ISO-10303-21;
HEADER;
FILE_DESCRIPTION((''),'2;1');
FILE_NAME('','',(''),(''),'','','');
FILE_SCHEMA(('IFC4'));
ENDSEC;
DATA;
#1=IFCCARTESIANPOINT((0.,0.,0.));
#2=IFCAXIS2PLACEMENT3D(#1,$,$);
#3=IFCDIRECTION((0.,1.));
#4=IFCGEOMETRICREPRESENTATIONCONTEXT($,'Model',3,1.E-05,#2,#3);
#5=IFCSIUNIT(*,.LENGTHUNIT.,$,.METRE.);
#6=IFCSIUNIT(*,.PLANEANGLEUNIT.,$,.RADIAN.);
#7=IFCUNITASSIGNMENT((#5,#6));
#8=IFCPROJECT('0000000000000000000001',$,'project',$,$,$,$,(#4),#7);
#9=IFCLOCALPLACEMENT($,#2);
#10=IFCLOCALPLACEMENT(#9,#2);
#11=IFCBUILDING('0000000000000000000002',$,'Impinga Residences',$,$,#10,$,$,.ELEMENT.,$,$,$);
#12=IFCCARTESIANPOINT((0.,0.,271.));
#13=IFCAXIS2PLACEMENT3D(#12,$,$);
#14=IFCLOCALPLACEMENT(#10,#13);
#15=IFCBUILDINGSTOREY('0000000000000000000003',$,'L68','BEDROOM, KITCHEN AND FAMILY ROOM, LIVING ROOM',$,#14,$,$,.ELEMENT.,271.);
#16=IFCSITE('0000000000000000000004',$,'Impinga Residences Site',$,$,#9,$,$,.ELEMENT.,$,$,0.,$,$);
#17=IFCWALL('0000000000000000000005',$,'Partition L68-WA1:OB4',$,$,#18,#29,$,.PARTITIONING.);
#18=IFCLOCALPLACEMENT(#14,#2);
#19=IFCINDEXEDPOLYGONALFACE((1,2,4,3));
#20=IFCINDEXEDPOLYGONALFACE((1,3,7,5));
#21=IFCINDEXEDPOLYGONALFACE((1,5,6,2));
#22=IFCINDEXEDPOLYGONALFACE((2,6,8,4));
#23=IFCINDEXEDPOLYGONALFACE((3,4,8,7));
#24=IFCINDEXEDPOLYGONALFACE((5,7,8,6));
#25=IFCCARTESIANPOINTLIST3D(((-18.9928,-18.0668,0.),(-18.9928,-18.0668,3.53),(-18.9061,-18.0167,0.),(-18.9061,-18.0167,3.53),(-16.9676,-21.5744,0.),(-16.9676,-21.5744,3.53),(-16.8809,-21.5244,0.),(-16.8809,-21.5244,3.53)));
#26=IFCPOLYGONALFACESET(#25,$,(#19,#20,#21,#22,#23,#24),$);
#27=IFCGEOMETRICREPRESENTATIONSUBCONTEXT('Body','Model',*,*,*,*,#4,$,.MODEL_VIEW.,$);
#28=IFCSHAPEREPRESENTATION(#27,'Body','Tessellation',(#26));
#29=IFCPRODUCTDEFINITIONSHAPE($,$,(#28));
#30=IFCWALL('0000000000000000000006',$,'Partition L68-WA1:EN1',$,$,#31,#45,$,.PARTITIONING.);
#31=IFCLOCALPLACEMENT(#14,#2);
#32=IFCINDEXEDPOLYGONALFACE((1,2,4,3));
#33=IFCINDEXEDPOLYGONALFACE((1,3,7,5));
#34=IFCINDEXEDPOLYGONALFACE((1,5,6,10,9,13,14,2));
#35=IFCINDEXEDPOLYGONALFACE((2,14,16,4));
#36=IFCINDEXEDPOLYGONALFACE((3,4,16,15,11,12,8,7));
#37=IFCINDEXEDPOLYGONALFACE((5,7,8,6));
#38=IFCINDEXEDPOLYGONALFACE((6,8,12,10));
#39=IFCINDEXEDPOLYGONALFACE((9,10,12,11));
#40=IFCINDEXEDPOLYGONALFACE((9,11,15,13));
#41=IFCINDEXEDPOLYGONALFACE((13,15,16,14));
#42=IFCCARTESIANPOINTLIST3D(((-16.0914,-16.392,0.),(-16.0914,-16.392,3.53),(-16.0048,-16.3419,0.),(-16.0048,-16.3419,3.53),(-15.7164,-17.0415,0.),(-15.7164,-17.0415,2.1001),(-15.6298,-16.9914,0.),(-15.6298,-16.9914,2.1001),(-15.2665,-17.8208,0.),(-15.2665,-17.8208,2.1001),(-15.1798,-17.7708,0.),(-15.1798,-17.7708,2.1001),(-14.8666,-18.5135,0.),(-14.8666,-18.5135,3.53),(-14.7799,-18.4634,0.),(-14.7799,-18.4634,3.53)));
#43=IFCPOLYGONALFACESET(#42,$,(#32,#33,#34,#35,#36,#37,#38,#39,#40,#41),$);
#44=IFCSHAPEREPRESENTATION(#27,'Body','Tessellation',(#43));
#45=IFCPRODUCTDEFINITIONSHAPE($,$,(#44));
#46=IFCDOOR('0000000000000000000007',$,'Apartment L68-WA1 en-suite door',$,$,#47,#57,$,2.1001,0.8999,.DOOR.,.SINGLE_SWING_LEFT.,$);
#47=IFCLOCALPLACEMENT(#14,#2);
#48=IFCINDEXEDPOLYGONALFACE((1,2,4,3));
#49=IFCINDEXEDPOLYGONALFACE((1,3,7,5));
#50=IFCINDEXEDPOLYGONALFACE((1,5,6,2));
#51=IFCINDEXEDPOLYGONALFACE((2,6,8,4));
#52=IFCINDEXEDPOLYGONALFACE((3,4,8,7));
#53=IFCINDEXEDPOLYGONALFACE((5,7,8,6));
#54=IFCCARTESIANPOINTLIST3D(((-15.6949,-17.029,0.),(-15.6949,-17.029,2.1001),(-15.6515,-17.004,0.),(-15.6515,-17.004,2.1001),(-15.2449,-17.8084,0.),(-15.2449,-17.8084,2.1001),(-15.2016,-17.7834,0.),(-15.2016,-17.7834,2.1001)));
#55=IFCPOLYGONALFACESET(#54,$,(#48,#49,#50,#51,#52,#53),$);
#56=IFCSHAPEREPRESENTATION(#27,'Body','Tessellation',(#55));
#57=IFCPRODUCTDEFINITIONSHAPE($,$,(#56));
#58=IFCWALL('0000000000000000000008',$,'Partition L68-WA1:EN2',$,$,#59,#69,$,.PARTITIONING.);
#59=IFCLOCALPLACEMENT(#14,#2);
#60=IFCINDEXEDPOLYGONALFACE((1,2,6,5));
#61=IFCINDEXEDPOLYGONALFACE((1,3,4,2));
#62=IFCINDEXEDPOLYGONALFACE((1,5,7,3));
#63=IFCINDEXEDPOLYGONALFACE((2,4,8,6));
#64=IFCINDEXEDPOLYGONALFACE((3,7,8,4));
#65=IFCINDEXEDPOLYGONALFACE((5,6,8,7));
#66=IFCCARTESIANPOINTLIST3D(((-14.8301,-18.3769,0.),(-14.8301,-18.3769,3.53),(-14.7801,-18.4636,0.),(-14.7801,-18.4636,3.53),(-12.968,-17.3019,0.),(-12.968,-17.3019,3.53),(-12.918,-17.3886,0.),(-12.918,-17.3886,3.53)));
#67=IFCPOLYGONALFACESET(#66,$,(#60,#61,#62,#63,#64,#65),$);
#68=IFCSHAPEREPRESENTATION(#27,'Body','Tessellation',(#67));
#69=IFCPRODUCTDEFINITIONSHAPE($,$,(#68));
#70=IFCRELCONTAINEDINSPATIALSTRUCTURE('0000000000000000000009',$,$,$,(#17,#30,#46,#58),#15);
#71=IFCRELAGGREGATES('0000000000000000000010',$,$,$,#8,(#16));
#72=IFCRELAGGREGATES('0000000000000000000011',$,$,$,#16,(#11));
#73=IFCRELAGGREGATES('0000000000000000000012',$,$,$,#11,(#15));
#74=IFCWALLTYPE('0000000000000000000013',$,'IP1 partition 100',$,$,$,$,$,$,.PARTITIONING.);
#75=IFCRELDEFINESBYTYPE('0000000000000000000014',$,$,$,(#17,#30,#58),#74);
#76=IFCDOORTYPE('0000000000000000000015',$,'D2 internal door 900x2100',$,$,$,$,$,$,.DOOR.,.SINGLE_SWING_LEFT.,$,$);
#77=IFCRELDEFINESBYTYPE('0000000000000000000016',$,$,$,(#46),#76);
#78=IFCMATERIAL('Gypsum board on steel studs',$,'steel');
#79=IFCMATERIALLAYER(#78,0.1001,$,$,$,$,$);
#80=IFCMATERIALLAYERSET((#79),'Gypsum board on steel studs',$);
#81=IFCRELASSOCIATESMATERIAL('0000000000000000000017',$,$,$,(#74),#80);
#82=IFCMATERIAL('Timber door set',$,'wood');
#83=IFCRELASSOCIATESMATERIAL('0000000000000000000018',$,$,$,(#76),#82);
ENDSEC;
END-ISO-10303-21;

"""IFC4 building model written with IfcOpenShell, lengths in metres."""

from ifc_helpers import new_model, si_unit, direction, frame, frame_2d, origin, place, context, subcontext, project, spatial, rectangle, extrude, material, layer, layer_set, type_object, element, fill, save


model = new_model("IFC4")

# Units and contexts
model_context = context("Model", 3, precision=1e-05, world=origin(), true_north=direction((0.0, 1.0)))
body_context = subcontext(model_context, "Body", "Model", "MODEL_VIEW")
ifc_project = project(units=[si_unit("LENGTHUNIT", "METRE"), si_unit("PLANEANGLEUNIT", "RADIAN")], contexts=[model_context])

# Site, building, storey
site_placement = place(None, origin())
site = spatial("IfcSite", under=ifc_project, at=site_placement, Name="Impinga Residences Site", CompositionType="ELEMENT", RefElevation=0.0)
building_placement = place(site_placement, origin())
building = spatial("IfcBuilding", under=site, at=building_placement, Name="Impinga Residences", CompositionType="ELEMENT")
storey_placement = place(building_placement, frame((0.0, 0.0, 271.0)))
storey = spatial("IfcBuildingStorey", under=building, at=storey_placement, Name="L68", Description="BEDROOM, KITCHEN AND FAMILY ROOM, LIVING ROOM", CompositionType="ELEMENT", Elevation=271.0)

# Wall
ifc_material_1 = material(Name="Gypsum board on steel studs", Category="steel")
ifc_layer_1 = layer(ifc_material_1, 0.1001)
ifc_layer_set_1 = layer_set([ifc_layer_1], Name="Gypsum board on steel studs")
wall_type_1 = type_object("IfcWallType", Name="IP1 partition 100", PredefinedType="PARTITIONING", material=ifc_layer_set_1)
wall_1_placement = place(storey_placement, frame((-18.9495, -18.0417, 0.0), z_axis=(0.0, 0.0, 1.0), x_axis=(0.500009, -0.86602, 0.0)))
element("IfcWall", 1, at=wall_1_placement, inside=storey, type_object=wall_type_1, Name="Partition L68-WA1:OB4", PredefinedType="PARTITIONING", context=body_context, shape_type="SweptSolid", body=[
    extrude(rectangle(XDim=4.0503, YDim=0.1001, at=frame_2d((2.0251, 0.0))), origin(), (0.0, 0.0, 1.0), 3.53),
])

# Wall, opening, door
wall_2_placement = place(storey_placement, frame((-16.0481, -16.3669, 0.0), z_axis=(0.0, 0.0, 1.0), x_axis=(0.499987, -0.866033, 0.0)))
wall_2 = element("IfcWall", 2, at=wall_2_placement, inside=storey, type_object=wall_type_1, Name="Partition L68-WA1:EN1", PredefinedType="PARTITIONING", context=body_context, shape_type="SweptSolid", body=[
    extrude(rectangle(XDim=2.4497, YDim=0.1001, at=frame_2d((1.2249, 0.0))), origin(), (0.0, 0.0, 1.0), 3.53),
])
opening_1_placement = place(wall_2_placement, frame((0.75, 0.0, 0.0)))
opening_1 = element("IfcOpeningElement", 3, at=opening_1_placement, cuts=wall_2, PredefinedType="OPENING", context=body_context, shape_type="SweptSolid", body=[
    extrude(rectangle(XDim=0.8999, YDim=2.1001, at=frame_2d((0.45, 1.05))), frame((0.0, 0.0601, 0.0), z_axis=(0.0, -1.0, 0.0), x_axis=(1.0, 0.0, 0.0)), (0.0, 0.0, 1.0), 0.1201),
])
ifc_material_2 = material(Name="Timber door set", Category="wood")
door_type = type_object("IfcDoorType", Name="D2 internal door 900x2100", OperationType="SINGLE_SWING_LEFT", PredefinedType="DOOR", material=ifc_material_2)
door_placement = place(opening_1_placement, origin())
door = element("IfcDoor", 4, at=door_placement, inside=storey, type_object=door_type, Name="Apartment L68-WA1 en-suite door", OperationType="SINGLE_SWING_LEFT", OverallHeight=2.1001, OverallWidth=0.8999, PredefinedType="DOOR", context=body_context, shape_type="SweptSolid", body=[
    extrude(rectangle(XDim=0.8999, YDim=2.1001, at=frame_2d((0.45, 1.05))), frame((0.0, 0.0249, 0.0), z_axis=(0.0, -1.0, 0.0), x_axis=(1.0, 0.0, 0.0)), (0.0, 0.0, 1.0), 0.05),
])
fill(opening_1, door)

# Wall
wall_3_placement = place(storey_placement, frame((-12.9429, -17.3452, 0.0), z_axis=(0.0, 0.0, 1.0), x_axis=(-0.866048, -0.499962, 0.0)))
element("IfcWall", 5, at=wall_3_placement, inside=storey, type_object=wall_type_1, Name="Partition L68-WA1:EN2", PredefinedType="PARTITIONING", context=body_context, shape_type="SweptSolid", body=[
    extrude(rectangle(XDim=2.1501, YDim=0.1001, at=frame_2d((1.0752, 0.0))), origin(), (0.0, 0.0, 1.0), 3.53),
])

save(model, "model.ifc")
